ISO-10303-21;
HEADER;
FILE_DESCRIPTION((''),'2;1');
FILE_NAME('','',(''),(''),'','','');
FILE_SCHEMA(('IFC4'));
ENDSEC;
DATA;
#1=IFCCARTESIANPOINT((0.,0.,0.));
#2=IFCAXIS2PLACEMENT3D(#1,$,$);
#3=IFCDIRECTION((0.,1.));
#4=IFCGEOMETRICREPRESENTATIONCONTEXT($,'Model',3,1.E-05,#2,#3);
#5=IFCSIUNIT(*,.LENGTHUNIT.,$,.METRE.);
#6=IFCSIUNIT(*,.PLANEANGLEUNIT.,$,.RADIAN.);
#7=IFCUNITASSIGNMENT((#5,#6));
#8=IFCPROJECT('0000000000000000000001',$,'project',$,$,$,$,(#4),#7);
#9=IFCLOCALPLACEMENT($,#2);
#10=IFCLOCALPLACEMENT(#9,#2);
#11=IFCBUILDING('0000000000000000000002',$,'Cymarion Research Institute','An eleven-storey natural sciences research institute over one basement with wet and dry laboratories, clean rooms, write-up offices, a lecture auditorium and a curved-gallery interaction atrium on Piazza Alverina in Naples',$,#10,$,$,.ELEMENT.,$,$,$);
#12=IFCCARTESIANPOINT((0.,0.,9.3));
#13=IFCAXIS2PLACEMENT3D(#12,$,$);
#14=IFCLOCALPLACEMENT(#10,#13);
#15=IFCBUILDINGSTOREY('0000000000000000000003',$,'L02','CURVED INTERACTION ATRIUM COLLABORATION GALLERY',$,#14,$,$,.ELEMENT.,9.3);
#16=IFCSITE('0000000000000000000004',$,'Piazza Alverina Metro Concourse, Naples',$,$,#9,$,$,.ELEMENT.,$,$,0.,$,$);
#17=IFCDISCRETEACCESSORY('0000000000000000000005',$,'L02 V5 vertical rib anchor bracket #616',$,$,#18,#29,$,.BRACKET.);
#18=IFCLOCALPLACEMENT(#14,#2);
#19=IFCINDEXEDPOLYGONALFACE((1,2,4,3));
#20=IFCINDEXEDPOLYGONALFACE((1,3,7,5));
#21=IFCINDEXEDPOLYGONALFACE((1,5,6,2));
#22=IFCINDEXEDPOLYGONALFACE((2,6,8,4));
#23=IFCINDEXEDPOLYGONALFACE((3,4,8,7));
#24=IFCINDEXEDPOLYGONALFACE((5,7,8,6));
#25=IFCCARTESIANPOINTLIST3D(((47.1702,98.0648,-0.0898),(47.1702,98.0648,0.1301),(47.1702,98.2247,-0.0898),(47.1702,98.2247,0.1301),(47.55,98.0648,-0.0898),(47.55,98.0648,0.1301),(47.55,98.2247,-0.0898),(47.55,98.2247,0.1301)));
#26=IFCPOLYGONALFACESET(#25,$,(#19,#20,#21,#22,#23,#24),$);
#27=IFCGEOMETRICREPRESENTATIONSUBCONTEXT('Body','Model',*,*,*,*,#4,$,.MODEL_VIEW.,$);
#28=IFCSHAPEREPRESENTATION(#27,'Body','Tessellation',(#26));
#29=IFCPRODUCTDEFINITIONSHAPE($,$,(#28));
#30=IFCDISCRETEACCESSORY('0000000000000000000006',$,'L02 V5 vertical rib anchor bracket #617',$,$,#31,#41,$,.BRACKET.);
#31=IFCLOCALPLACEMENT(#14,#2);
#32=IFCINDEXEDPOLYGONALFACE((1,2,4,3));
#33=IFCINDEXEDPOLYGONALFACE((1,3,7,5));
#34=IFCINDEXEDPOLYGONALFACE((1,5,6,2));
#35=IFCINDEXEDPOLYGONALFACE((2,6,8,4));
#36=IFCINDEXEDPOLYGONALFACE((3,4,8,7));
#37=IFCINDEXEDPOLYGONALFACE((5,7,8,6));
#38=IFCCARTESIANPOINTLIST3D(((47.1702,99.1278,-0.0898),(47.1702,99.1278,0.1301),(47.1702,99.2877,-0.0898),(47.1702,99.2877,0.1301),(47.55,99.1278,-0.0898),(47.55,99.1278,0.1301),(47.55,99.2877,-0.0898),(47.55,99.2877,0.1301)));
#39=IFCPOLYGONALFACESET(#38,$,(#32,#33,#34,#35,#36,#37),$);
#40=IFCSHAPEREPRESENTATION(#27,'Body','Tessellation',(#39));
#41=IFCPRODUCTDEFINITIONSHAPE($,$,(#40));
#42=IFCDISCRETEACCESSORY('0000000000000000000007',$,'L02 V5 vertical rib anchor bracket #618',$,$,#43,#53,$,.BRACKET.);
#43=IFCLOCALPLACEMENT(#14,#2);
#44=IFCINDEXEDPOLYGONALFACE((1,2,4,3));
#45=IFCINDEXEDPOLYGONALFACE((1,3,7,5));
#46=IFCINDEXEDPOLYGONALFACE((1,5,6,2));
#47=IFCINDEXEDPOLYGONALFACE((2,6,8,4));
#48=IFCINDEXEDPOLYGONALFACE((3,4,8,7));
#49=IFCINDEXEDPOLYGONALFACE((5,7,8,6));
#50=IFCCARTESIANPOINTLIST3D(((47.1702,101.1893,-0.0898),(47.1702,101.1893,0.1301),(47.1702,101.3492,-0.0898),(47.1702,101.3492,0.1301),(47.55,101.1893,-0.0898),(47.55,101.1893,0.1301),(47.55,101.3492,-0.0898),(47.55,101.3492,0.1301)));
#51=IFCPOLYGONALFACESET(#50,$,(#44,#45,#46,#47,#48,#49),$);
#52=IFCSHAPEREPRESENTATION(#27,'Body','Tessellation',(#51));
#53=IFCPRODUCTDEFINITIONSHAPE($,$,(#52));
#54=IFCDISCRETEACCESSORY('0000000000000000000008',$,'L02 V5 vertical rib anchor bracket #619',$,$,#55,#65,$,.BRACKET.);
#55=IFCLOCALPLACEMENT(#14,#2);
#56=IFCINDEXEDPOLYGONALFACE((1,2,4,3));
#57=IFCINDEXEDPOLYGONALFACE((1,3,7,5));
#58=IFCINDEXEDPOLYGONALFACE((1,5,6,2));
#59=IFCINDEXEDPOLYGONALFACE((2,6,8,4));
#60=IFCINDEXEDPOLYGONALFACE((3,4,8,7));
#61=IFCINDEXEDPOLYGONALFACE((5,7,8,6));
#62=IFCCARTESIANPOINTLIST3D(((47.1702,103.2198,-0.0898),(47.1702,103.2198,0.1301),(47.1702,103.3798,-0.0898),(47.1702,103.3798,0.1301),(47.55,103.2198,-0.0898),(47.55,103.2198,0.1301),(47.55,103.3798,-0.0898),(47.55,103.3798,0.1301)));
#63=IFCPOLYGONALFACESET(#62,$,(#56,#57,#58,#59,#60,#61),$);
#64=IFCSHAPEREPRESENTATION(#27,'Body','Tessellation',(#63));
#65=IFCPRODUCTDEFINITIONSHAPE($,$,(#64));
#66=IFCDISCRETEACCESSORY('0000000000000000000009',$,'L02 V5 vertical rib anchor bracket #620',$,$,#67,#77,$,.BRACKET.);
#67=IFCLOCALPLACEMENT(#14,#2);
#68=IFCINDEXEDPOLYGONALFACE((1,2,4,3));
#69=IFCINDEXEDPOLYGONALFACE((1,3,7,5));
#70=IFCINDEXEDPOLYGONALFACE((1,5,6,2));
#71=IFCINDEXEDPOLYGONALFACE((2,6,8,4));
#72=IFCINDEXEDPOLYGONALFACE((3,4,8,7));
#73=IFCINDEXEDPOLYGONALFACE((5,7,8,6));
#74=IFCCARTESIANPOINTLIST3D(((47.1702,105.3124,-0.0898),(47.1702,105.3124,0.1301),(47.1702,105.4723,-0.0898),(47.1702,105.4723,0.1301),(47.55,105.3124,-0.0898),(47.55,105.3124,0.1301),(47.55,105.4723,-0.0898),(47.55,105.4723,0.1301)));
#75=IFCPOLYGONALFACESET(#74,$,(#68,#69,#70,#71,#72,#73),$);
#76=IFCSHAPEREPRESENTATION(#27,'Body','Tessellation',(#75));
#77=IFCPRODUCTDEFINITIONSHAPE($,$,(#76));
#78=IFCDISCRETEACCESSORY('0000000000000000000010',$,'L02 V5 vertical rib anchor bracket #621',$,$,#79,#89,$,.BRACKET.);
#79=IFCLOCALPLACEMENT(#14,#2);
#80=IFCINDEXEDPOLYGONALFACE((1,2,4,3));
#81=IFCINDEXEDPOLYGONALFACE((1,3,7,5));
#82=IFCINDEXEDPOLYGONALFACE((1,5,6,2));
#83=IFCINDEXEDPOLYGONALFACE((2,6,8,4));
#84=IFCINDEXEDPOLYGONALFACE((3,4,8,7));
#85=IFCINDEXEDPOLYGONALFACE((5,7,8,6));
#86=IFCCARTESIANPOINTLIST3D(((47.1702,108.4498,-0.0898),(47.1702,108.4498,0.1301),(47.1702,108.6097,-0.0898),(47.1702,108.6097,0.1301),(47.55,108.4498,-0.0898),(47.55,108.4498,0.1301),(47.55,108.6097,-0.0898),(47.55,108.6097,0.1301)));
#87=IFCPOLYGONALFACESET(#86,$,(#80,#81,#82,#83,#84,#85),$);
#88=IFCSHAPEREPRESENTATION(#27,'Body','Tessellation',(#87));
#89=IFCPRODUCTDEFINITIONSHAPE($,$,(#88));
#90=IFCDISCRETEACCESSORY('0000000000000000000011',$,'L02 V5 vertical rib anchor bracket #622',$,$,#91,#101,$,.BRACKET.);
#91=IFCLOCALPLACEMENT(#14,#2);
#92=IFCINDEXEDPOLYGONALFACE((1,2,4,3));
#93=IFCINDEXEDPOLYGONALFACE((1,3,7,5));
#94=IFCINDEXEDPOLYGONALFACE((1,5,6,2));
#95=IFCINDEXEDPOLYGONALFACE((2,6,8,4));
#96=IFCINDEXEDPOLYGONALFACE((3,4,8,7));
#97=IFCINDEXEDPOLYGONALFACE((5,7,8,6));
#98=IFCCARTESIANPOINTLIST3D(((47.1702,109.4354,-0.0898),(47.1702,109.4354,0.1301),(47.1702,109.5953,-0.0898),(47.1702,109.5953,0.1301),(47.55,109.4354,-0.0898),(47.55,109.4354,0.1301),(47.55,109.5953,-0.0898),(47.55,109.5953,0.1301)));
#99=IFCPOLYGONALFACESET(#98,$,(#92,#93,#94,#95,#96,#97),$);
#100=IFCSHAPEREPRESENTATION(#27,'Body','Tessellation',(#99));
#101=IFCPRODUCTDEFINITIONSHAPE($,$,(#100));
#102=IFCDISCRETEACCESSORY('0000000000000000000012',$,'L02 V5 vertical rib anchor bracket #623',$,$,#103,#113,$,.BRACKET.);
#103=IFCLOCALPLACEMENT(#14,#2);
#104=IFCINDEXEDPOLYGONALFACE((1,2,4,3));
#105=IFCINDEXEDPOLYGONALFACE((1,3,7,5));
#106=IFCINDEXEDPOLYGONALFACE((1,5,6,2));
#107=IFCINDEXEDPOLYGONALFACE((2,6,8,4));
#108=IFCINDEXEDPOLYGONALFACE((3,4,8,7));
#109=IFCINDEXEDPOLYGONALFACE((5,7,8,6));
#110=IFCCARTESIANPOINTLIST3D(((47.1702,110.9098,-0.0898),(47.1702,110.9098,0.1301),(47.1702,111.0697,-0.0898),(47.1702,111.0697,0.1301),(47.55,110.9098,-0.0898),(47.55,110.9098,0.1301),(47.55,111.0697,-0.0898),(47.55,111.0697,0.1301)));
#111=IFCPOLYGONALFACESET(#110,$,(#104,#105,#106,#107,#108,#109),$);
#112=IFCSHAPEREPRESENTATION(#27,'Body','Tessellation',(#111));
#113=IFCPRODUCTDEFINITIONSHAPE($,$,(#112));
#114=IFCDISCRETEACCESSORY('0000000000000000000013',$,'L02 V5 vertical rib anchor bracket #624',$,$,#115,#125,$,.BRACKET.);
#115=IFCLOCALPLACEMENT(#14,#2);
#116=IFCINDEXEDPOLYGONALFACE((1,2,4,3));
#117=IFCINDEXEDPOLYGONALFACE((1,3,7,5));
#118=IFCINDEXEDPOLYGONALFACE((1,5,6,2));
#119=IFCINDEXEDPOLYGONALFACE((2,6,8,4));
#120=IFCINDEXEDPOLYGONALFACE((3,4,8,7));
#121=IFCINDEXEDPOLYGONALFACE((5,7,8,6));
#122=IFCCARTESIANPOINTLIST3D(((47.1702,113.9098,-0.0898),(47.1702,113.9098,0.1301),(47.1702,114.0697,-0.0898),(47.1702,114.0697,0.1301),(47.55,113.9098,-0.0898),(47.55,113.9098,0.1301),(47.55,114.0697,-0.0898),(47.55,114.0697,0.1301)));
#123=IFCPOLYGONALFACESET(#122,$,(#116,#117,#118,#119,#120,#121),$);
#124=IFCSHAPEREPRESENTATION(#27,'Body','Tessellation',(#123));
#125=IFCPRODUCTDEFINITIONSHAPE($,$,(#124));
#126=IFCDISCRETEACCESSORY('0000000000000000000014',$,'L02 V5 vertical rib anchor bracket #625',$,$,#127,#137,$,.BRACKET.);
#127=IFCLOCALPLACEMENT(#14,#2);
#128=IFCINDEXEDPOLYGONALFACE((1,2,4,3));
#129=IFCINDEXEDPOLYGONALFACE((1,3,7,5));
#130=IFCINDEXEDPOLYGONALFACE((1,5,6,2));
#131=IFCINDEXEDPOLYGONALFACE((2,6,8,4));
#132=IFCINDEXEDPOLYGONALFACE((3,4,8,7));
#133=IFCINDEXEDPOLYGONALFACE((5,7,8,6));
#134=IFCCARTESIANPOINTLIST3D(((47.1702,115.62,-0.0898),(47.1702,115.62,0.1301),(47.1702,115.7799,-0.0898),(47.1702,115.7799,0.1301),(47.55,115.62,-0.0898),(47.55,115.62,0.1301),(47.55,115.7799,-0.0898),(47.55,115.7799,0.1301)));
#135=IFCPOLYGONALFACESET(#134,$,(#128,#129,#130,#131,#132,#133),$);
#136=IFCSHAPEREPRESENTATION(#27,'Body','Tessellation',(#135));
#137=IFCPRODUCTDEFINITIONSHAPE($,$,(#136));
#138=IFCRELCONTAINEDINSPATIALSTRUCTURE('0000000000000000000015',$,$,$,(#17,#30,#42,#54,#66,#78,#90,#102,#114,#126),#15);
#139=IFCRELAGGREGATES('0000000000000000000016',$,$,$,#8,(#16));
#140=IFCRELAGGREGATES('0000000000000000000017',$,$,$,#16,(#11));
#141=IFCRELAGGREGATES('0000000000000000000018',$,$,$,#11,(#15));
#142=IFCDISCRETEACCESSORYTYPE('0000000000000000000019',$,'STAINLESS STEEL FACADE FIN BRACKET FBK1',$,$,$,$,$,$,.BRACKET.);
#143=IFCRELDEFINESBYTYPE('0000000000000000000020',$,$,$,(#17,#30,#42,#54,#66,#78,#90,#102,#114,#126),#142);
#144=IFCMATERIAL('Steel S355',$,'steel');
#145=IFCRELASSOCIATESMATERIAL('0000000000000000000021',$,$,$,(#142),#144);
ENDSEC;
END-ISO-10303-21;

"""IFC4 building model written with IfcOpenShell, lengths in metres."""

from ifc_helpers import new_model, si_unit, direction, frame, origin, origin_2d, place, context, subcontext, project, spatial, rectangle, extrude, material, type_object, element, save


model = new_model("IFC4")

# Units and contexts
model_context = context("Model", 3, precision=1e-05, world=origin(), true_north=direction((0.0, 1.0)))
body_context = subcontext(model_context, "Body", "Model", "MODEL_VIEW")
ifc_project = project(units=[si_unit("LENGTHUNIT", "METRE"), si_unit("PLANEANGLEUNIT", "RADIAN")], contexts=[model_context])

# Site, building, storey
site_placement = place(None, origin())
site = spatial("IfcSite", under=ifc_project, at=site_placement, Name="Piazza Alverina Metro Concourse, Naples", CompositionType="ELEMENT", RefElevation=0.0)
building_placement = place(site_placement, origin())
building = spatial("IfcBuilding", under=site, at=building_placement, Name="Cymarion Research Institute", Description="An eleven-storey natural sciences research institute over one basement with wet and dry laboratories, clean rooms, write-up offices, a lecture auditorium and a curved-gallery interaction atrium on Piazza Alverina in Naples", CompositionType="ELEMENT")
storey_placement = place(building_placement, frame((0.0, 0.0, 9.3)))
storey = spatial("IfcBuildingStorey", under=building, at=storey_placement, Name="L02", Description="CURVED INTERACTION ATRIUM COLLABORATION GALLERY", CompositionType="ELEMENT", Elevation=9.3)

# Discrete accessories
ifc_material_1 = material(Name="Steel S355", Category="steel")
discrete_accessory_type = type_object("IfcDiscreteAccessoryType", Name="STAINLESS STEEL FACADE FIN BRACKET FBK1", PredefinedType="BRACKET", material=ifc_material_1)
for number, where, z_axis, x_axis, name in (
    (1, (47.3601, 98.1448, -0.0898), (0.0, 0.0, 1.0), (1.0, 0.0, 0.0), "L02 V5 vertical rib anchor bracket #616"),
    (2, (47.3601, 99.2078, -0.0898), (0.0, 0.0, 1.0), (1.0, 0.0, 0.0), "L02 V5 vertical rib anchor bracket #617"),
    (3, (47.3601, 101.2693, -0.0898), (0.0, 0.0, 1.0), (1.0, 0.0, 0.0), "L02 V5 vertical rib anchor bracket #618"),
    (4, (47.3601, 103.2998, -0.0898), (0.0, 0.0, 1.0), (1.0, 0.0, 0.0), "L02 V5 vertical rib anchor bracket #619"),
    (5, (47.3601, 105.3923, -0.0898), (0.0, 0.0, 1.0), (1.0, 0.0, 0.0), "L02 V5 vertical rib anchor bracket #620"),
    (6, (47.3601, 108.5298, -0.0898), (0.0, 0.0, 1.0), (1.0, 0.0, 0.0), "L02 V5 vertical rib anchor bracket #621"),
    (7, (47.3601, 109.5154, -0.0898), (0.0, 0.0, 1.0), (1.0, 0.0, 0.0), "L02 V5 vertical rib anchor bracket #622"),
    (8, (47.3601, 110.9897, -0.0898), (0.0, 0.0, 1.0), (1.0, 0.0, 0.0), "L02 V5 vertical rib anchor bracket #623"),
    (9, (47.3601, 113.9897, -0.0898), (0.0, 0.0, 1.0), (1.0, 0.0, 0.0), "L02 V5 vertical rib anchor bracket #624"),
    (10, (47.3601, 115.7, -0.0898), (0.0, 0.0, 1.0), (1.0, 0.0, 0.0), "L02 V5 vertical rib anchor bracket #625"),
):
    element("IfcDiscreteAccessory", number, at=place(storey_placement, frame(where, z_axis=z_axis, x_axis=x_axis)), inside=storey, type_object=discrete_accessory_type, Name=name, PredefinedType="BRACKET", context=body_context, shape_type="SweptSolid", body=[
        extrude(rectangle(XDim=0.3799, YDim=0.1599, at=origin_2d()), origin(), (0.0, 0.0, 1.0), 0.22),
    ])

save(model, "model.ifc")
